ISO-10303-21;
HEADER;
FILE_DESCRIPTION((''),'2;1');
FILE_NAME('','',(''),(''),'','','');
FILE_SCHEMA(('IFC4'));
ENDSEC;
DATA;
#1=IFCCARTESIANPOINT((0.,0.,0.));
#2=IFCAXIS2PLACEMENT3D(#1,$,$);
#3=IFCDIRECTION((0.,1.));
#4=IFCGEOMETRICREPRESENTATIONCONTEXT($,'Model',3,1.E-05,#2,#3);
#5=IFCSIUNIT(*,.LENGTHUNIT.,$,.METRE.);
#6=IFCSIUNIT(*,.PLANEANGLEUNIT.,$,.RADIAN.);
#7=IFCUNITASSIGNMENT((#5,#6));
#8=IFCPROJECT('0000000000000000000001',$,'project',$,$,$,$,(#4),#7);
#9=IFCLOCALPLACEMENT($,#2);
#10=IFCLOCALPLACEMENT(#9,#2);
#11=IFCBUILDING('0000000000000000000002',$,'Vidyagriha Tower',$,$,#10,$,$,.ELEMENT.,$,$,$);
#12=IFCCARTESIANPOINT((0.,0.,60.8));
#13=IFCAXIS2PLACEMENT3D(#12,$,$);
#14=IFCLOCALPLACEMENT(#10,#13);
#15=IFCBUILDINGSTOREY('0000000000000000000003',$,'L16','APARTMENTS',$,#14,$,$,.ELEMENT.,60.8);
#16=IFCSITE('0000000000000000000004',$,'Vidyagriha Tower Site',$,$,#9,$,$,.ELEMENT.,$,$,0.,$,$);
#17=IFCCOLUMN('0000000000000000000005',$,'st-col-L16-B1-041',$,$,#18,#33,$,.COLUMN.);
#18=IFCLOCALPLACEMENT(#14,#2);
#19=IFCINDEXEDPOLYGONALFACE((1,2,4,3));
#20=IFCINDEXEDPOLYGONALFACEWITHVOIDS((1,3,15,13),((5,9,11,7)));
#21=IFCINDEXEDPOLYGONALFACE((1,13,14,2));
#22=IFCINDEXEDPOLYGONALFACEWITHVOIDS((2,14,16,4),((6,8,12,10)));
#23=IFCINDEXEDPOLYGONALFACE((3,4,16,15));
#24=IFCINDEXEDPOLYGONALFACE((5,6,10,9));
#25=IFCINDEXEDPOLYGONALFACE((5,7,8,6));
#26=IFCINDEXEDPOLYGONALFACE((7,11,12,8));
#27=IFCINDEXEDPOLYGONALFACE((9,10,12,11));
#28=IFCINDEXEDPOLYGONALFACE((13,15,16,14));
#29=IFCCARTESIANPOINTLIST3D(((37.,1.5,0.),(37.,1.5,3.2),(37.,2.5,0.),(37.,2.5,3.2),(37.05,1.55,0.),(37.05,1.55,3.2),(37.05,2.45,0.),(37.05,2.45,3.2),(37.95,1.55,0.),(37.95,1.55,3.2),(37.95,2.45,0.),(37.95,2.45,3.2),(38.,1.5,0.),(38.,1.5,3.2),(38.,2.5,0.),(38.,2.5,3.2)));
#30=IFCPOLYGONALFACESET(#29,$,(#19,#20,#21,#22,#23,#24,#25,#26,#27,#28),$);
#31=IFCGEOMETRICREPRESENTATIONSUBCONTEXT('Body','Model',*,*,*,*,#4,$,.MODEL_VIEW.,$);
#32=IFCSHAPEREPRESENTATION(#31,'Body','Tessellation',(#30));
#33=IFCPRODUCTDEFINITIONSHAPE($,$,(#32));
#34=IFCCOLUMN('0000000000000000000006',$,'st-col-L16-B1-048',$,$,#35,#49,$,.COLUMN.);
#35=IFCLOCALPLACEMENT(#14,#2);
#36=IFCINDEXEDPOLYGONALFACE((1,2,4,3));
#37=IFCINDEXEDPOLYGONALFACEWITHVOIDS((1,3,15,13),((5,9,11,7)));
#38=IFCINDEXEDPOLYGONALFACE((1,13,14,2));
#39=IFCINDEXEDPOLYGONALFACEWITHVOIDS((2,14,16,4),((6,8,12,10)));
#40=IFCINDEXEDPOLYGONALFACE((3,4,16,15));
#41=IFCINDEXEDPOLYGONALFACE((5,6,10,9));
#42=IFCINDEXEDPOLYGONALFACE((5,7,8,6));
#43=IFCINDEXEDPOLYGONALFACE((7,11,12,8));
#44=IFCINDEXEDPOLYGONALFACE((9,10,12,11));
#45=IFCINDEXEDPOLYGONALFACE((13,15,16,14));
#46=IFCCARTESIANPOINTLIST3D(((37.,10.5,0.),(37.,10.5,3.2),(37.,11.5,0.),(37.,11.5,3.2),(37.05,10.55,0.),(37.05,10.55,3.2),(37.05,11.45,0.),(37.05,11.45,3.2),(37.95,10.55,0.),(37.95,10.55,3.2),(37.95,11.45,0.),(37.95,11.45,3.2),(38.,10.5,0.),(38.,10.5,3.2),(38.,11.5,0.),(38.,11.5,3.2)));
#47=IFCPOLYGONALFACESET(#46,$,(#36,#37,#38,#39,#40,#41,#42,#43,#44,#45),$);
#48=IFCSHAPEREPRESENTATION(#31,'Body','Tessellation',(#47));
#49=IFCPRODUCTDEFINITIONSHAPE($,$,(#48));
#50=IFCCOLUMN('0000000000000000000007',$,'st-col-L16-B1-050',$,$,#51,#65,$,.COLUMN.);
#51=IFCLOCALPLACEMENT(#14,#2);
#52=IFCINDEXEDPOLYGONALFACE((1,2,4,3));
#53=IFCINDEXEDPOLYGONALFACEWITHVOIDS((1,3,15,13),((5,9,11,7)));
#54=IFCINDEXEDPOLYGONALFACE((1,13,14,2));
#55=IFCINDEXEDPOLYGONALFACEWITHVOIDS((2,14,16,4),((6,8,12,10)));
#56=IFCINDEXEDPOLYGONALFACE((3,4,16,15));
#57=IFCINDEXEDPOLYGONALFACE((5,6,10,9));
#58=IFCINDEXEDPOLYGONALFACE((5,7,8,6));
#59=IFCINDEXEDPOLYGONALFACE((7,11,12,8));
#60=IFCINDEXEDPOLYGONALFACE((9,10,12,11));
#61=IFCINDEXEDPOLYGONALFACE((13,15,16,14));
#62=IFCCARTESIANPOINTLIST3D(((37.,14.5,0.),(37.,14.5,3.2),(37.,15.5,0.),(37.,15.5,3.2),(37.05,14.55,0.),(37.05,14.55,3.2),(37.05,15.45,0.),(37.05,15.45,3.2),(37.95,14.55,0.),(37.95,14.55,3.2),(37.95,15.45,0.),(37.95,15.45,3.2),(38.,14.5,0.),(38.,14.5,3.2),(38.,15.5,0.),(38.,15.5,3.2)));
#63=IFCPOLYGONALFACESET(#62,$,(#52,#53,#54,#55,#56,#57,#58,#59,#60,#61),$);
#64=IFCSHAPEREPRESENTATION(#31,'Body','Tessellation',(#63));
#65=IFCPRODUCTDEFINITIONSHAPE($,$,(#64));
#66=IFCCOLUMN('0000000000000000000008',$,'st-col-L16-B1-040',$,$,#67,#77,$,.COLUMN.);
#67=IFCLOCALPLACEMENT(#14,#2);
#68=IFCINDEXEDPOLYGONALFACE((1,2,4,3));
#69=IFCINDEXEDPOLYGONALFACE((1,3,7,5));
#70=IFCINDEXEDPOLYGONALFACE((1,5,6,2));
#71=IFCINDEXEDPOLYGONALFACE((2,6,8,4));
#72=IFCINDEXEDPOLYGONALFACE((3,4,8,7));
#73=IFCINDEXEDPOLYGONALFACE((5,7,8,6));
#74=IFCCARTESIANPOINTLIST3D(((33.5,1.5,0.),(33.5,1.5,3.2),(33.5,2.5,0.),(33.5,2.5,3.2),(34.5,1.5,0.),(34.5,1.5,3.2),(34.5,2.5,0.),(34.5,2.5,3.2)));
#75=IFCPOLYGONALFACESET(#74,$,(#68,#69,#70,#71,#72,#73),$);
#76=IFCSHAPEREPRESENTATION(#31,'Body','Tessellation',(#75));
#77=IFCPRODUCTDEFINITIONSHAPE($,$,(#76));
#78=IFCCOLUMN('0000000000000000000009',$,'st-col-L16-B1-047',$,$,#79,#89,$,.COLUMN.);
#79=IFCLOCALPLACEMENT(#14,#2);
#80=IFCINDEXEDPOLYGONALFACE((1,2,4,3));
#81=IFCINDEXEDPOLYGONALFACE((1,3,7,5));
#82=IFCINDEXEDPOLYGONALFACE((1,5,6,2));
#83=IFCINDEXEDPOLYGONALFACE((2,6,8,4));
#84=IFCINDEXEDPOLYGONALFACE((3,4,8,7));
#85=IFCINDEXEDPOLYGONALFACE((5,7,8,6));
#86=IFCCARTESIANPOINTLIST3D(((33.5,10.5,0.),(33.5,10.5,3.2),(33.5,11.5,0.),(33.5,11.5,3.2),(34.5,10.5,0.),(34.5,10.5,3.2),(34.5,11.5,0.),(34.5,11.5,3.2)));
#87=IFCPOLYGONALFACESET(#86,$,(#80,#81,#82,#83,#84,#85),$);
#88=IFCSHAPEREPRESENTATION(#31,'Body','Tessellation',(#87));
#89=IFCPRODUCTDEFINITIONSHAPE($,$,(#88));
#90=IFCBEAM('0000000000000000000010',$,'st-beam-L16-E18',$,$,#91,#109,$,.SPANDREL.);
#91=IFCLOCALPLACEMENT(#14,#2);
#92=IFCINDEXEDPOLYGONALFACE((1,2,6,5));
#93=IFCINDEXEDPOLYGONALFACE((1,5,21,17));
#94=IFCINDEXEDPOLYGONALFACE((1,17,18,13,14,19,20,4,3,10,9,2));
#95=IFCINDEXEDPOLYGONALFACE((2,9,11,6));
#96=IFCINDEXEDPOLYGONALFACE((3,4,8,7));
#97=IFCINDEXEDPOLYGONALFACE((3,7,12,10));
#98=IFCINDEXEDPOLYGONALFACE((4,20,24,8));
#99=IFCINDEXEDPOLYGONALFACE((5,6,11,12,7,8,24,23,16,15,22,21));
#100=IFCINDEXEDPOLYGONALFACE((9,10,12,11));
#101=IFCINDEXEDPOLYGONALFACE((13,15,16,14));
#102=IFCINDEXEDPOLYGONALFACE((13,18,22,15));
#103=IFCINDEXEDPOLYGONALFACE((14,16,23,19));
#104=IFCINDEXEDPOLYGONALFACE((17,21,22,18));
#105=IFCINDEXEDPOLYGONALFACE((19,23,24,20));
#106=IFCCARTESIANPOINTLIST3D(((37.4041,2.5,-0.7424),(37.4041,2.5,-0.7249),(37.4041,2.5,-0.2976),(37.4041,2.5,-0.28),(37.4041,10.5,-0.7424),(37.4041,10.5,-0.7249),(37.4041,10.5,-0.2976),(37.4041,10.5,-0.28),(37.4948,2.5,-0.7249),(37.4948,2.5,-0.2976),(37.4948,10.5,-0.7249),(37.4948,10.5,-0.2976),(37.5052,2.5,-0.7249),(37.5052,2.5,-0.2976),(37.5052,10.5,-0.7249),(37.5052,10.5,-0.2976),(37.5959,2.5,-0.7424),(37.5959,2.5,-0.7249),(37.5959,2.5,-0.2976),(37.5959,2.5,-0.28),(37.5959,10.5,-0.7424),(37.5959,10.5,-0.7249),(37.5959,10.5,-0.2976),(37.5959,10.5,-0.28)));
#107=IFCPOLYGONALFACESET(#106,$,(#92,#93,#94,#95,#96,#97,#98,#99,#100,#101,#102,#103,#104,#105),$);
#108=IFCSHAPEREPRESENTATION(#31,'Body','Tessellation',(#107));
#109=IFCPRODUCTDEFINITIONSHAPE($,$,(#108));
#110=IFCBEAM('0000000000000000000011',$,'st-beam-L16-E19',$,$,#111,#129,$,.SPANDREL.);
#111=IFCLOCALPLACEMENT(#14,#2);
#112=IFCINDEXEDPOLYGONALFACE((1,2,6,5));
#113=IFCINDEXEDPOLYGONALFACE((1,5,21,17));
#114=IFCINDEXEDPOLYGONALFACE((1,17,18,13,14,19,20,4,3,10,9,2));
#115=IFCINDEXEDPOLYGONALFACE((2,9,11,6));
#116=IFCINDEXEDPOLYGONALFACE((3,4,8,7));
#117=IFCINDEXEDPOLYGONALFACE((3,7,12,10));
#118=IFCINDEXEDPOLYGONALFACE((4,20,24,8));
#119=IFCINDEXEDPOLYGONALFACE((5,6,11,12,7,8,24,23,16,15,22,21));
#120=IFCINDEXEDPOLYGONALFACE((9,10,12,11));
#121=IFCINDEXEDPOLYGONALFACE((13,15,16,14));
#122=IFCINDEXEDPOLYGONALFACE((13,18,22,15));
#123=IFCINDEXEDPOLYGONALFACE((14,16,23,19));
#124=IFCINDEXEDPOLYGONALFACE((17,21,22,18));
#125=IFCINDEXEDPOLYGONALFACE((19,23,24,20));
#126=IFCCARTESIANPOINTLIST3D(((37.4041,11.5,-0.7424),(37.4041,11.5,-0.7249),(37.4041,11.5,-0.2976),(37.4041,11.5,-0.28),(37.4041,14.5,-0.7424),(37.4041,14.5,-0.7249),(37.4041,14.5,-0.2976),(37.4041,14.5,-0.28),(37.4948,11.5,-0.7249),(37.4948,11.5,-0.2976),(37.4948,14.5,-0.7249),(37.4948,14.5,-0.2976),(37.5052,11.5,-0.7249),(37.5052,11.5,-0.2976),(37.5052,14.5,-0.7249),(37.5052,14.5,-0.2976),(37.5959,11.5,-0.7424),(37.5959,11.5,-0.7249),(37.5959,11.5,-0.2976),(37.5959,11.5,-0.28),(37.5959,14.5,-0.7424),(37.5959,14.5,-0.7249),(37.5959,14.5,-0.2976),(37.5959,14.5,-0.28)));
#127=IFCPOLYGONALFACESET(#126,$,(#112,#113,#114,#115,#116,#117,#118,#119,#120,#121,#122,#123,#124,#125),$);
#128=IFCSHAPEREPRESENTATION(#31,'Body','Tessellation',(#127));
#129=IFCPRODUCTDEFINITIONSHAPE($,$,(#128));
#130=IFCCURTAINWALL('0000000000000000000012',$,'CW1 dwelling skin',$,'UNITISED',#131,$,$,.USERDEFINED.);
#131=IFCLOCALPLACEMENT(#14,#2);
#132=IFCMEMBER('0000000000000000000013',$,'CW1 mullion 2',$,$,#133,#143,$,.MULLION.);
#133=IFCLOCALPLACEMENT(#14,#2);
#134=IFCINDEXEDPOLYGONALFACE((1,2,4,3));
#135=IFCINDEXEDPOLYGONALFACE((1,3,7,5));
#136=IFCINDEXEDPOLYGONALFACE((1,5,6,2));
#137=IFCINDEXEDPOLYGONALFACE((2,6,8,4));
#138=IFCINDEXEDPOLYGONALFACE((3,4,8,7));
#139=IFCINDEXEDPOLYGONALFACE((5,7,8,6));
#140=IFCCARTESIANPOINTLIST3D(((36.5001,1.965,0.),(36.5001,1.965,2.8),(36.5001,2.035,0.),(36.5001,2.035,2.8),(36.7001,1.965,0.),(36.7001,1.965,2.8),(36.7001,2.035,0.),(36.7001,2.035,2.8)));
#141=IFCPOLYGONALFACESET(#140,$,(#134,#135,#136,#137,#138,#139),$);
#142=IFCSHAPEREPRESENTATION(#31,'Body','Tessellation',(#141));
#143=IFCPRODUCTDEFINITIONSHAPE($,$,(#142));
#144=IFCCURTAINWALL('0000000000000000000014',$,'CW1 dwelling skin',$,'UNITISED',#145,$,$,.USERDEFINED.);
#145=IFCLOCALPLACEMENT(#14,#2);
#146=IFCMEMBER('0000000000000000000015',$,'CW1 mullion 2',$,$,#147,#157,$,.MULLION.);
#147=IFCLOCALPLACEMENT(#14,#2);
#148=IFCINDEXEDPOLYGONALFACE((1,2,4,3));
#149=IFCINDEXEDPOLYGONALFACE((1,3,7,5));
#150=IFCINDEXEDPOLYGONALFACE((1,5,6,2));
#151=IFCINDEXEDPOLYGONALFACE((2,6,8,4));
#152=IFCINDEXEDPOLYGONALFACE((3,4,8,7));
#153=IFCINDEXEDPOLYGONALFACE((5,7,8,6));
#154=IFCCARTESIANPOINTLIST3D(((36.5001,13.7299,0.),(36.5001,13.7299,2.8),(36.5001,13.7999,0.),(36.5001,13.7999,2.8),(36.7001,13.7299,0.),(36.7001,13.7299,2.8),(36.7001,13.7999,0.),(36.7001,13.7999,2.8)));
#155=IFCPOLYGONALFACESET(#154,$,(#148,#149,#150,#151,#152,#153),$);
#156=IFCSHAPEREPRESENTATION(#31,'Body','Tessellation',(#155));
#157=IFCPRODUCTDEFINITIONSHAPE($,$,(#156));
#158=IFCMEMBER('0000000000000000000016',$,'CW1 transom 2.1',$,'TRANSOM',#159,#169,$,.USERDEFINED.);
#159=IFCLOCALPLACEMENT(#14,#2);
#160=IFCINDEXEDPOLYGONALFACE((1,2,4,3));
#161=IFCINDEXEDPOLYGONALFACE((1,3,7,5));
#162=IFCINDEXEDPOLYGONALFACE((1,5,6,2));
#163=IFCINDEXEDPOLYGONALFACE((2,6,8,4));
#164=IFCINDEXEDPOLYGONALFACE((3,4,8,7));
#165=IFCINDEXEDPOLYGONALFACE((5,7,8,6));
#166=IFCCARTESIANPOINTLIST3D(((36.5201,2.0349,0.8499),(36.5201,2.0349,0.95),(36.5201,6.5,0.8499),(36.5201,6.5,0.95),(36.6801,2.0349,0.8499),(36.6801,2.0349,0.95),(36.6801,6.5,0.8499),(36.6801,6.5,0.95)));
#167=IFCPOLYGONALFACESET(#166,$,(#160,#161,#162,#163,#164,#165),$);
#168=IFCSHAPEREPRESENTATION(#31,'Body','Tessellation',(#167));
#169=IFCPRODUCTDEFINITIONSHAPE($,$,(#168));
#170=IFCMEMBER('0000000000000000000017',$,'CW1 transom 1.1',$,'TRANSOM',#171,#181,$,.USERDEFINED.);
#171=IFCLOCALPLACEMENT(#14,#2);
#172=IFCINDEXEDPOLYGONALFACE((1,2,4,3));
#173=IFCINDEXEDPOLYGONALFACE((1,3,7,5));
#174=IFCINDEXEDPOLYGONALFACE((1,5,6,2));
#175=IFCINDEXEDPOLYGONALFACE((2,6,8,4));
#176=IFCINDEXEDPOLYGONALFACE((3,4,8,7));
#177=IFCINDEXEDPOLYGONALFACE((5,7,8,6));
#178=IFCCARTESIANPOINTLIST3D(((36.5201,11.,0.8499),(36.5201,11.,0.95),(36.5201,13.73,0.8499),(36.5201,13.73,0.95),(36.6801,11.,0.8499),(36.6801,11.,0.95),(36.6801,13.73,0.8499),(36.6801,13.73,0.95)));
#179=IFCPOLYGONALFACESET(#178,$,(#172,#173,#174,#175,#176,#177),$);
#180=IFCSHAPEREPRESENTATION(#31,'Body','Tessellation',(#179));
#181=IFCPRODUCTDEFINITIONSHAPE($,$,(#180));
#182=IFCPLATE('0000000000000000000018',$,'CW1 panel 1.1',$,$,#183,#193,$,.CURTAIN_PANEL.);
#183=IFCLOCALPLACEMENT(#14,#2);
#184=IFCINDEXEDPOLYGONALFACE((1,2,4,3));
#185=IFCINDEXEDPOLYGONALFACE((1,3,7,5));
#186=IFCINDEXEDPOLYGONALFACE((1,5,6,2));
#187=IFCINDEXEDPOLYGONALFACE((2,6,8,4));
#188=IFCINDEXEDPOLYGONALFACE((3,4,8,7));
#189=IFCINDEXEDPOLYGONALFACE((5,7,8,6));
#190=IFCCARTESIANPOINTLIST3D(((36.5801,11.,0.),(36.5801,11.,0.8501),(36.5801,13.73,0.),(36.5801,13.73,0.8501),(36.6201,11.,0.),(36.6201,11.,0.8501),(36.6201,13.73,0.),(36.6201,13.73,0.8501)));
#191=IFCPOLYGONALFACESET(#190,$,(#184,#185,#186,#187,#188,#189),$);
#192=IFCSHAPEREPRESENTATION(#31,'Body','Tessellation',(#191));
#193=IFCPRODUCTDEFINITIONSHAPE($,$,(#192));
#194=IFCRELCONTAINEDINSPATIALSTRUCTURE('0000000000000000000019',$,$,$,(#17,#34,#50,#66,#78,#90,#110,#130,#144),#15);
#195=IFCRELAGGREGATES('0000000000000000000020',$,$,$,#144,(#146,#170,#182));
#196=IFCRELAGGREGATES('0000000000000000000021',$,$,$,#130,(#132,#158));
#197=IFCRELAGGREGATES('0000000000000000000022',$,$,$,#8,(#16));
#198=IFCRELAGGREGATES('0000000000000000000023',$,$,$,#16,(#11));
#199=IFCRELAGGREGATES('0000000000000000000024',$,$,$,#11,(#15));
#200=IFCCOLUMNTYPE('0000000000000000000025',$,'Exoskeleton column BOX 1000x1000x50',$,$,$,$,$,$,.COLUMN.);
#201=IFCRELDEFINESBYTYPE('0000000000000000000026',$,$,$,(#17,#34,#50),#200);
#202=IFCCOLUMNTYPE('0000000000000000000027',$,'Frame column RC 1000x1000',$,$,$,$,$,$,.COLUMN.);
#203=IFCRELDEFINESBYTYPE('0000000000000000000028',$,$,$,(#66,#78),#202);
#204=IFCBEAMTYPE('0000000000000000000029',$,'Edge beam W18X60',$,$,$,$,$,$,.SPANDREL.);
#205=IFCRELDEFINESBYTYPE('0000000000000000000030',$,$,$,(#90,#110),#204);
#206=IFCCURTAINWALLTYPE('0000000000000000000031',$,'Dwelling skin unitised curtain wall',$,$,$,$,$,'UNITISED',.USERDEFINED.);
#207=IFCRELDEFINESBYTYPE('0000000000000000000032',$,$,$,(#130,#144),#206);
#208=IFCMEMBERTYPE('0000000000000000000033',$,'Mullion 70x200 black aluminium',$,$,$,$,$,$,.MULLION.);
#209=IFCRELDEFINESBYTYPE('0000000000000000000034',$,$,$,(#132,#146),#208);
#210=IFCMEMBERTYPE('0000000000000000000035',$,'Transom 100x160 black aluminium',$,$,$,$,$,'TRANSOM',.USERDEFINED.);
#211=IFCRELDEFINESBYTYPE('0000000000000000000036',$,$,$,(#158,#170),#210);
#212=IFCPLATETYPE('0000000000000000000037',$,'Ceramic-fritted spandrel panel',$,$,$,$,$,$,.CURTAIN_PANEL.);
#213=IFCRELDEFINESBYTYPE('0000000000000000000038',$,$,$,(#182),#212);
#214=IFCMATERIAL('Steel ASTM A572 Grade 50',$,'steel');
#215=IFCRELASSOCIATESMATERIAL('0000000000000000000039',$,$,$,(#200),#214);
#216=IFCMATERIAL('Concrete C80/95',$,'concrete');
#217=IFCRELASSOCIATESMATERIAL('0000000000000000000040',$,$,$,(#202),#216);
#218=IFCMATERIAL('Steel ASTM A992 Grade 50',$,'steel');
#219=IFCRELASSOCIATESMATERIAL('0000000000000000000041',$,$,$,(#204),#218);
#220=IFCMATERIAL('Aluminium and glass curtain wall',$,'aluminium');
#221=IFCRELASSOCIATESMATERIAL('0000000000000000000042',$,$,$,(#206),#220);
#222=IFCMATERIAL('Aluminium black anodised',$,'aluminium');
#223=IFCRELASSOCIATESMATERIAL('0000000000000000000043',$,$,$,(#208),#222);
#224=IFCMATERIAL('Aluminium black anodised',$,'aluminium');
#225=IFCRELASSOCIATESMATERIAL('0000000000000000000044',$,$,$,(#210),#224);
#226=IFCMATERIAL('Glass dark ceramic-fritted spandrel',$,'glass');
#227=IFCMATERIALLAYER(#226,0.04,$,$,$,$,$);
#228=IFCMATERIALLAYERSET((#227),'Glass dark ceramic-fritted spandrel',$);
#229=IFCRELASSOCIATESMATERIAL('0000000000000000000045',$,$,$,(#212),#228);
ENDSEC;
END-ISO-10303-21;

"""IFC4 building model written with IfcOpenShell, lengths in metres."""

from ifc_helpers import new_model, si_unit, direction, frame, origin, origin_2d, place, context, subcontext, project, spatial, rectangle, hollow_rectangle, i_section, extrude, material, layer, layer_set, material_profile, profile_set, type_object, element, aggregate, save


model = new_model("IFC4")

# Units and contexts
model_context = context("Model", 3, precision=1e-05, world=origin(), true_north=direction((0.0, 1.0)))
body_context = subcontext(model_context, "Body", "Model", "MODEL_VIEW")
ifc_project = project(units=[si_unit("LENGTHUNIT", "METRE"), si_unit("PLANEANGLEUNIT", "RADIAN")], contexts=[model_context])

# Site, building, storey
site_placement = place(None, origin())
site = spatial("IfcSite", under=ifc_project, at=site_placement, Name="Vidyagriha Tower Site", CompositionType="ELEMENT", RefElevation=0.0)
building_placement = place(site_placement, origin())
building = spatial("IfcBuilding", under=site, at=building_placement, Name="Vidyagriha Tower", CompositionType="ELEMENT")
storey_placement = place(building_placement, frame((0.0, 0.0, 60.8)))
storey = spatial("IfcBuildingStorey", under=building, at=storey_placement, Name="L16", Description="APARTMENTS", CompositionType="ELEMENT", Elevation=60.8)

# Columns
ifc_material_1 = material(Name="Steel ASTM A572 Grade 50", Category="steel")
ifc_material_profile_1 = material_profile(ifc_material_1, hollow_rectangle(XDim=1.0, YDim=1.0, WallThickness=0.05, at=origin_2d()), Name="BOX 1000x1000x50")
ifc_profile_set_1 = profile_set([ifc_material_profile_1], Name="Steel ASTM A572 Grade 50")
column_type_1 = type_object("IfcColumnType", Name="Exoskeleton column BOX 1000x1000x50", PredefinedType="COLUMN", material=ifc_profile_set_1)
for number, where, name in (
    (1, (37.5, 2.0, 0.0), "st-col-L16-B1-041"),
    (2, (37.5, 11.0, 0.0), "st-col-L16-B1-048"),
    (3, (37.5, 15.0, 0.0), "st-col-L16-B1-050"),
):
    element("IfcColumn", number, at=place(storey_placement, frame(where)), inside=storey, type_object=column_type_1, Name=name, PredefinedType="COLUMN", context=body_context, shape_type="SweptSolid", body=[
        extrude(hollow_rectangle(XDim=1.0, YDim=1.0, WallThickness=0.05, at=origin_2d()), origin(), (0.0, 0.0, 1.0), 3.2),
    ])
ifc_material_2 = material(Name="Concrete C80/95", Category="concrete")
ifc_material_profile_2 = material_profile(ifc_material_2, rectangle(XDim=1.0, YDim=1.0, at=origin_2d()), Name="RC 1000x1000")
ifc_profile_set_2 = profile_set([ifc_material_profile_2], Name="Concrete C80/95")
column_type_2 = type_object("IfcColumnType", Name="Frame column RC 1000x1000", PredefinedType="COLUMN", material=ifc_profile_set_2)
for number, where, name in (
    (4, (34.0, 2.0, 0.0), "st-col-L16-B1-040"),
    (5, (34.0, 11.0, 0.0), "st-col-L16-B1-047"),
):
    element("IfcColumn", number, at=place(storey_placement, frame(where)), inside=storey, type_object=column_type_2, Name=name, PredefinedType="COLUMN", context=body_context, shape_type="SweptSolid", body=[
        extrude(rectangle(XDim=1.0, YDim=1.0, at=origin_2d()), origin(), (0.0, 0.0, 1.0), 3.2),
    ])

# Beams
ifc_material_3 = material(Name="Steel ASTM A992 Grade 50", Category="steel")
ifc_material_profile_3 = material_profile(ifc_material_3, i_section(OverallWidth=0.1919, OverallDepth=0.4624, WebThickness=0.0105, FlangeThickness=0.0176, at=origin_2d()), Name="W18X60")
ifc_profile_set_3 = profile_set([ifc_material_profile_3], Name="Steel ASTM A992 Grade 50")
beam_type = type_object("IfcBeamType", Name="Edge beam W18X60", PredefinedType="SPANDREL", material=ifc_profile_set_3)
beam_1_placement = place(storey_placement, frame((37.5, 2.5, -0.5112), z_axis=(0.0, 1.0, 0.0), x_axis=(-1.0, 0.0, 0.0)))
element("IfcBeam", 6, at=beam_1_placement, inside=storey, type_object=beam_type, Name="st-beam-L16-E18", PredefinedType="SPANDREL", context=body_context, shape_type="SweptSolid", body=[
    extrude(i_section(OverallWidth=0.1919, OverallDepth=0.4624, WebThickness=0.0105, FlangeThickness=0.0176, at=origin_2d()), origin(), (0.0, 0.0, 1.0), 8.0),
])
beam_2_placement = place(storey_placement, frame((37.5, 11.5, -0.5112), z_axis=(0.0, 1.0, 0.0), x_axis=(-1.0, 0.0, 0.0)))
element("IfcBeam", 7, at=beam_2_placement, inside=storey, type_object=beam_type, Name="st-beam-L16-E19", PredefinedType="SPANDREL", context=body_context, shape_type="SweptSolid", body=[
    extrude(i_section(OverallWidth=0.1919, OverallDepth=0.4624, WebThickness=0.0105, FlangeThickness=0.0176, at=origin_2d()), origin(), (0.0, 0.0, 1.0), 3.0),
])

# Curtain walls, members
ifc_material_4 = material(Name="Aluminium and glass curtain wall", Category="aluminium")
curtain_wall_type = type_object("IfcCurtainWallType", Name="Dwelling skin unitised curtain wall", ElementType="UNITISED", PredefinedType="USERDEFINED", material=ifc_material_4)
curtain_wall_1_placement = place(storey_placement, origin())
curtain_wall_1 = element("IfcCurtainWall", 8, at=curtain_wall_1_placement, inside=storey, type_object=curtain_wall_type, Name="CW1 dwelling skin", ObjectType="UNITISED", PredefinedType="USERDEFINED")
ifc_material_5 = material(Name="Aluminium black anodised", Category="aluminium")
ifc_material_profile_4 = material_profile(ifc_material_5, rectangle(XDim=0.2, YDim=0.0701, at=origin_2d()), Name="Mullion 70x200 black aluminium")
ifc_profile_set_4 = profile_set([ifc_material_profile_4], Name="Aluminium black anodised")
member_type_1 = type_object("IfcMemberType", Name="Mullion 70x200 black aluminium", PredefinedType="MULLION", material=ifc_profile_set_4)
member_1_placement = place(storey_placement, frame((36.6001, 2.0, 0.0), z_axis=(0.0, 0.0, 1.0), x_axis=(-1.0, 0.0, 0.0)))
member_1 = element("IfcMember", 9, at=member_1_placement, type_object=member_type_1, Name="CW1 mullion 2", PredefinedType="MULLION", context=body_context, shape_type="SweptSolid", body=[
    extrude(rectangle(XDim=0.2, YDim=0.0701, at=origin_2d()), origin(), (0.0, 0.0, 1.0), 2.8),
])
curtain_wall_2_placement = place(storey_placement, origin())
curtain_wall_2 = element("IfcCurtainWall", 10, at=curtain_wall_2_placement, inside=storey, type_object=curtain_wall_type, Name="CW1 dwelling skin", ObjectType="UNITISED", PredefinedType="USERDEFINED")
member_2_placement = place(storey_placement, frame((36.6001, 13.7649, 0.0), z_axis=(0.0, 0.0, 1.0), x_axis=(-1.0, 0.0, 0.0)))
member_2 = element("IfcMember", 11, at=member_2_placement, type_object=member_type_1, Name="CW1 mullion 2", PredefinedType="MULLION", context=body_context, shape_type="SweptSolid", body=[
    extrude(rectangle(XDim=0.2, YDim=0.0701, at=origin_2d()), origin(), (0.0, 0.0, 1.0), 2.8),
])

# Members
ifc_material_6 = material(Name="Aluminium black anodised", Category="aluminium")
ifc_material_profile_5 = material_profile(ifc_material_6, rectangle(XDim=0.1599, YDim=0.1001, at=origin_2d()), Name="Transom 100x160 black aluminium")
ifc_profile_set_5 = profile_set([ifc_material_profile_5], Name="Aluminium black anodised")
member_type_2 = type_object("IfcMemberType", Name="Transom 100x160 black aluminium", ElementType="TRANSOM", PredefinedType="USERDEFINED", material=ifc_profile_set_5)
member_3_placement = place(storey_placement, frame((36.6001, 2.0349, 0.8999), z_axis=(0.0, 1.0, 0.0), x_axis=(-1.0, 0.0, 0.0)))
member_3 = element("IfcMember", 12, at=member_3_placement, type_object=member_type_2, Name="CW1 transom 2.1", ObjectType="TRANSOM", PredefinedType="USERDEFINED", context=body_context, shape_type="SweptSolid", body=[
    extrude(rectangle(XDim=0.1599, YDim=0.1001, at=origin_2d()), origin(), (0.0, 0.0, 1.0), 4.4651),
])
member_4_placement = place(storey_placement, frame((36.6001, 11.0, 0.8999), z_axis=(0.0, 1.0, 0.0), x_axis=(-1.0, 0.0, 0.0)))
member_4 = element("IfcMember", 13, at=member_4_placement, type_object=member_type_2, Name="CW1 transom 1.1", ObjectType="TRANSOM", PredefinedType="USERDEFINED", context=body_context, shape_type="SweptSolid", body=[
    extrude(rectangle(XDim=0.1599, YDim=0.1001, at=origin_2d()), origin(), (0.0, 0.0, 1.0), 2.73),
])

# Plate
ifc_material_7 = material(Name="Glass dark ceramic-fritted spandrel", Category="glass")
ifc_layer_1 = layer(ifc_material_7, 0.04)
ifc_layer_set_1 = layer_set([ifc_layer_1], Name="Glass dark ceramic-fritted spandrel")
plate_type_1 = type_object("IfcPlateType", Name="Ceramic-fritted spandrel panel", PredefinedType="CURTAIN_PANEL", material=ifc_layer_set_1)
plate_1_placement = place(storey_placement, frame((36.6001, 12.365, 0.0), z_axis=(0.0, 0.0, 1.0), x_axis=(0.0, 1.0, 0.0)))
plate_1 = element("IfcPlate", 14, at=plate_1_placement, type_object=plate_type_1, Name="CW1 panel 1.1", PredefinedType="CURTAIN_PANEL", context=body_context, shape_type="SweptSolid", body=[
    extrude(rectangle(XDim=2.73, YDim=0.04, at=origin_2d()), origin(), (0.0, 0.0, 1.0), 0.8501),
])
aggregate(curtain_wall_2, [member_2, member_4, plate_1])
aggregate(curtain_wall_1, [member_1, member_3])

save(model, "model.ifc")
